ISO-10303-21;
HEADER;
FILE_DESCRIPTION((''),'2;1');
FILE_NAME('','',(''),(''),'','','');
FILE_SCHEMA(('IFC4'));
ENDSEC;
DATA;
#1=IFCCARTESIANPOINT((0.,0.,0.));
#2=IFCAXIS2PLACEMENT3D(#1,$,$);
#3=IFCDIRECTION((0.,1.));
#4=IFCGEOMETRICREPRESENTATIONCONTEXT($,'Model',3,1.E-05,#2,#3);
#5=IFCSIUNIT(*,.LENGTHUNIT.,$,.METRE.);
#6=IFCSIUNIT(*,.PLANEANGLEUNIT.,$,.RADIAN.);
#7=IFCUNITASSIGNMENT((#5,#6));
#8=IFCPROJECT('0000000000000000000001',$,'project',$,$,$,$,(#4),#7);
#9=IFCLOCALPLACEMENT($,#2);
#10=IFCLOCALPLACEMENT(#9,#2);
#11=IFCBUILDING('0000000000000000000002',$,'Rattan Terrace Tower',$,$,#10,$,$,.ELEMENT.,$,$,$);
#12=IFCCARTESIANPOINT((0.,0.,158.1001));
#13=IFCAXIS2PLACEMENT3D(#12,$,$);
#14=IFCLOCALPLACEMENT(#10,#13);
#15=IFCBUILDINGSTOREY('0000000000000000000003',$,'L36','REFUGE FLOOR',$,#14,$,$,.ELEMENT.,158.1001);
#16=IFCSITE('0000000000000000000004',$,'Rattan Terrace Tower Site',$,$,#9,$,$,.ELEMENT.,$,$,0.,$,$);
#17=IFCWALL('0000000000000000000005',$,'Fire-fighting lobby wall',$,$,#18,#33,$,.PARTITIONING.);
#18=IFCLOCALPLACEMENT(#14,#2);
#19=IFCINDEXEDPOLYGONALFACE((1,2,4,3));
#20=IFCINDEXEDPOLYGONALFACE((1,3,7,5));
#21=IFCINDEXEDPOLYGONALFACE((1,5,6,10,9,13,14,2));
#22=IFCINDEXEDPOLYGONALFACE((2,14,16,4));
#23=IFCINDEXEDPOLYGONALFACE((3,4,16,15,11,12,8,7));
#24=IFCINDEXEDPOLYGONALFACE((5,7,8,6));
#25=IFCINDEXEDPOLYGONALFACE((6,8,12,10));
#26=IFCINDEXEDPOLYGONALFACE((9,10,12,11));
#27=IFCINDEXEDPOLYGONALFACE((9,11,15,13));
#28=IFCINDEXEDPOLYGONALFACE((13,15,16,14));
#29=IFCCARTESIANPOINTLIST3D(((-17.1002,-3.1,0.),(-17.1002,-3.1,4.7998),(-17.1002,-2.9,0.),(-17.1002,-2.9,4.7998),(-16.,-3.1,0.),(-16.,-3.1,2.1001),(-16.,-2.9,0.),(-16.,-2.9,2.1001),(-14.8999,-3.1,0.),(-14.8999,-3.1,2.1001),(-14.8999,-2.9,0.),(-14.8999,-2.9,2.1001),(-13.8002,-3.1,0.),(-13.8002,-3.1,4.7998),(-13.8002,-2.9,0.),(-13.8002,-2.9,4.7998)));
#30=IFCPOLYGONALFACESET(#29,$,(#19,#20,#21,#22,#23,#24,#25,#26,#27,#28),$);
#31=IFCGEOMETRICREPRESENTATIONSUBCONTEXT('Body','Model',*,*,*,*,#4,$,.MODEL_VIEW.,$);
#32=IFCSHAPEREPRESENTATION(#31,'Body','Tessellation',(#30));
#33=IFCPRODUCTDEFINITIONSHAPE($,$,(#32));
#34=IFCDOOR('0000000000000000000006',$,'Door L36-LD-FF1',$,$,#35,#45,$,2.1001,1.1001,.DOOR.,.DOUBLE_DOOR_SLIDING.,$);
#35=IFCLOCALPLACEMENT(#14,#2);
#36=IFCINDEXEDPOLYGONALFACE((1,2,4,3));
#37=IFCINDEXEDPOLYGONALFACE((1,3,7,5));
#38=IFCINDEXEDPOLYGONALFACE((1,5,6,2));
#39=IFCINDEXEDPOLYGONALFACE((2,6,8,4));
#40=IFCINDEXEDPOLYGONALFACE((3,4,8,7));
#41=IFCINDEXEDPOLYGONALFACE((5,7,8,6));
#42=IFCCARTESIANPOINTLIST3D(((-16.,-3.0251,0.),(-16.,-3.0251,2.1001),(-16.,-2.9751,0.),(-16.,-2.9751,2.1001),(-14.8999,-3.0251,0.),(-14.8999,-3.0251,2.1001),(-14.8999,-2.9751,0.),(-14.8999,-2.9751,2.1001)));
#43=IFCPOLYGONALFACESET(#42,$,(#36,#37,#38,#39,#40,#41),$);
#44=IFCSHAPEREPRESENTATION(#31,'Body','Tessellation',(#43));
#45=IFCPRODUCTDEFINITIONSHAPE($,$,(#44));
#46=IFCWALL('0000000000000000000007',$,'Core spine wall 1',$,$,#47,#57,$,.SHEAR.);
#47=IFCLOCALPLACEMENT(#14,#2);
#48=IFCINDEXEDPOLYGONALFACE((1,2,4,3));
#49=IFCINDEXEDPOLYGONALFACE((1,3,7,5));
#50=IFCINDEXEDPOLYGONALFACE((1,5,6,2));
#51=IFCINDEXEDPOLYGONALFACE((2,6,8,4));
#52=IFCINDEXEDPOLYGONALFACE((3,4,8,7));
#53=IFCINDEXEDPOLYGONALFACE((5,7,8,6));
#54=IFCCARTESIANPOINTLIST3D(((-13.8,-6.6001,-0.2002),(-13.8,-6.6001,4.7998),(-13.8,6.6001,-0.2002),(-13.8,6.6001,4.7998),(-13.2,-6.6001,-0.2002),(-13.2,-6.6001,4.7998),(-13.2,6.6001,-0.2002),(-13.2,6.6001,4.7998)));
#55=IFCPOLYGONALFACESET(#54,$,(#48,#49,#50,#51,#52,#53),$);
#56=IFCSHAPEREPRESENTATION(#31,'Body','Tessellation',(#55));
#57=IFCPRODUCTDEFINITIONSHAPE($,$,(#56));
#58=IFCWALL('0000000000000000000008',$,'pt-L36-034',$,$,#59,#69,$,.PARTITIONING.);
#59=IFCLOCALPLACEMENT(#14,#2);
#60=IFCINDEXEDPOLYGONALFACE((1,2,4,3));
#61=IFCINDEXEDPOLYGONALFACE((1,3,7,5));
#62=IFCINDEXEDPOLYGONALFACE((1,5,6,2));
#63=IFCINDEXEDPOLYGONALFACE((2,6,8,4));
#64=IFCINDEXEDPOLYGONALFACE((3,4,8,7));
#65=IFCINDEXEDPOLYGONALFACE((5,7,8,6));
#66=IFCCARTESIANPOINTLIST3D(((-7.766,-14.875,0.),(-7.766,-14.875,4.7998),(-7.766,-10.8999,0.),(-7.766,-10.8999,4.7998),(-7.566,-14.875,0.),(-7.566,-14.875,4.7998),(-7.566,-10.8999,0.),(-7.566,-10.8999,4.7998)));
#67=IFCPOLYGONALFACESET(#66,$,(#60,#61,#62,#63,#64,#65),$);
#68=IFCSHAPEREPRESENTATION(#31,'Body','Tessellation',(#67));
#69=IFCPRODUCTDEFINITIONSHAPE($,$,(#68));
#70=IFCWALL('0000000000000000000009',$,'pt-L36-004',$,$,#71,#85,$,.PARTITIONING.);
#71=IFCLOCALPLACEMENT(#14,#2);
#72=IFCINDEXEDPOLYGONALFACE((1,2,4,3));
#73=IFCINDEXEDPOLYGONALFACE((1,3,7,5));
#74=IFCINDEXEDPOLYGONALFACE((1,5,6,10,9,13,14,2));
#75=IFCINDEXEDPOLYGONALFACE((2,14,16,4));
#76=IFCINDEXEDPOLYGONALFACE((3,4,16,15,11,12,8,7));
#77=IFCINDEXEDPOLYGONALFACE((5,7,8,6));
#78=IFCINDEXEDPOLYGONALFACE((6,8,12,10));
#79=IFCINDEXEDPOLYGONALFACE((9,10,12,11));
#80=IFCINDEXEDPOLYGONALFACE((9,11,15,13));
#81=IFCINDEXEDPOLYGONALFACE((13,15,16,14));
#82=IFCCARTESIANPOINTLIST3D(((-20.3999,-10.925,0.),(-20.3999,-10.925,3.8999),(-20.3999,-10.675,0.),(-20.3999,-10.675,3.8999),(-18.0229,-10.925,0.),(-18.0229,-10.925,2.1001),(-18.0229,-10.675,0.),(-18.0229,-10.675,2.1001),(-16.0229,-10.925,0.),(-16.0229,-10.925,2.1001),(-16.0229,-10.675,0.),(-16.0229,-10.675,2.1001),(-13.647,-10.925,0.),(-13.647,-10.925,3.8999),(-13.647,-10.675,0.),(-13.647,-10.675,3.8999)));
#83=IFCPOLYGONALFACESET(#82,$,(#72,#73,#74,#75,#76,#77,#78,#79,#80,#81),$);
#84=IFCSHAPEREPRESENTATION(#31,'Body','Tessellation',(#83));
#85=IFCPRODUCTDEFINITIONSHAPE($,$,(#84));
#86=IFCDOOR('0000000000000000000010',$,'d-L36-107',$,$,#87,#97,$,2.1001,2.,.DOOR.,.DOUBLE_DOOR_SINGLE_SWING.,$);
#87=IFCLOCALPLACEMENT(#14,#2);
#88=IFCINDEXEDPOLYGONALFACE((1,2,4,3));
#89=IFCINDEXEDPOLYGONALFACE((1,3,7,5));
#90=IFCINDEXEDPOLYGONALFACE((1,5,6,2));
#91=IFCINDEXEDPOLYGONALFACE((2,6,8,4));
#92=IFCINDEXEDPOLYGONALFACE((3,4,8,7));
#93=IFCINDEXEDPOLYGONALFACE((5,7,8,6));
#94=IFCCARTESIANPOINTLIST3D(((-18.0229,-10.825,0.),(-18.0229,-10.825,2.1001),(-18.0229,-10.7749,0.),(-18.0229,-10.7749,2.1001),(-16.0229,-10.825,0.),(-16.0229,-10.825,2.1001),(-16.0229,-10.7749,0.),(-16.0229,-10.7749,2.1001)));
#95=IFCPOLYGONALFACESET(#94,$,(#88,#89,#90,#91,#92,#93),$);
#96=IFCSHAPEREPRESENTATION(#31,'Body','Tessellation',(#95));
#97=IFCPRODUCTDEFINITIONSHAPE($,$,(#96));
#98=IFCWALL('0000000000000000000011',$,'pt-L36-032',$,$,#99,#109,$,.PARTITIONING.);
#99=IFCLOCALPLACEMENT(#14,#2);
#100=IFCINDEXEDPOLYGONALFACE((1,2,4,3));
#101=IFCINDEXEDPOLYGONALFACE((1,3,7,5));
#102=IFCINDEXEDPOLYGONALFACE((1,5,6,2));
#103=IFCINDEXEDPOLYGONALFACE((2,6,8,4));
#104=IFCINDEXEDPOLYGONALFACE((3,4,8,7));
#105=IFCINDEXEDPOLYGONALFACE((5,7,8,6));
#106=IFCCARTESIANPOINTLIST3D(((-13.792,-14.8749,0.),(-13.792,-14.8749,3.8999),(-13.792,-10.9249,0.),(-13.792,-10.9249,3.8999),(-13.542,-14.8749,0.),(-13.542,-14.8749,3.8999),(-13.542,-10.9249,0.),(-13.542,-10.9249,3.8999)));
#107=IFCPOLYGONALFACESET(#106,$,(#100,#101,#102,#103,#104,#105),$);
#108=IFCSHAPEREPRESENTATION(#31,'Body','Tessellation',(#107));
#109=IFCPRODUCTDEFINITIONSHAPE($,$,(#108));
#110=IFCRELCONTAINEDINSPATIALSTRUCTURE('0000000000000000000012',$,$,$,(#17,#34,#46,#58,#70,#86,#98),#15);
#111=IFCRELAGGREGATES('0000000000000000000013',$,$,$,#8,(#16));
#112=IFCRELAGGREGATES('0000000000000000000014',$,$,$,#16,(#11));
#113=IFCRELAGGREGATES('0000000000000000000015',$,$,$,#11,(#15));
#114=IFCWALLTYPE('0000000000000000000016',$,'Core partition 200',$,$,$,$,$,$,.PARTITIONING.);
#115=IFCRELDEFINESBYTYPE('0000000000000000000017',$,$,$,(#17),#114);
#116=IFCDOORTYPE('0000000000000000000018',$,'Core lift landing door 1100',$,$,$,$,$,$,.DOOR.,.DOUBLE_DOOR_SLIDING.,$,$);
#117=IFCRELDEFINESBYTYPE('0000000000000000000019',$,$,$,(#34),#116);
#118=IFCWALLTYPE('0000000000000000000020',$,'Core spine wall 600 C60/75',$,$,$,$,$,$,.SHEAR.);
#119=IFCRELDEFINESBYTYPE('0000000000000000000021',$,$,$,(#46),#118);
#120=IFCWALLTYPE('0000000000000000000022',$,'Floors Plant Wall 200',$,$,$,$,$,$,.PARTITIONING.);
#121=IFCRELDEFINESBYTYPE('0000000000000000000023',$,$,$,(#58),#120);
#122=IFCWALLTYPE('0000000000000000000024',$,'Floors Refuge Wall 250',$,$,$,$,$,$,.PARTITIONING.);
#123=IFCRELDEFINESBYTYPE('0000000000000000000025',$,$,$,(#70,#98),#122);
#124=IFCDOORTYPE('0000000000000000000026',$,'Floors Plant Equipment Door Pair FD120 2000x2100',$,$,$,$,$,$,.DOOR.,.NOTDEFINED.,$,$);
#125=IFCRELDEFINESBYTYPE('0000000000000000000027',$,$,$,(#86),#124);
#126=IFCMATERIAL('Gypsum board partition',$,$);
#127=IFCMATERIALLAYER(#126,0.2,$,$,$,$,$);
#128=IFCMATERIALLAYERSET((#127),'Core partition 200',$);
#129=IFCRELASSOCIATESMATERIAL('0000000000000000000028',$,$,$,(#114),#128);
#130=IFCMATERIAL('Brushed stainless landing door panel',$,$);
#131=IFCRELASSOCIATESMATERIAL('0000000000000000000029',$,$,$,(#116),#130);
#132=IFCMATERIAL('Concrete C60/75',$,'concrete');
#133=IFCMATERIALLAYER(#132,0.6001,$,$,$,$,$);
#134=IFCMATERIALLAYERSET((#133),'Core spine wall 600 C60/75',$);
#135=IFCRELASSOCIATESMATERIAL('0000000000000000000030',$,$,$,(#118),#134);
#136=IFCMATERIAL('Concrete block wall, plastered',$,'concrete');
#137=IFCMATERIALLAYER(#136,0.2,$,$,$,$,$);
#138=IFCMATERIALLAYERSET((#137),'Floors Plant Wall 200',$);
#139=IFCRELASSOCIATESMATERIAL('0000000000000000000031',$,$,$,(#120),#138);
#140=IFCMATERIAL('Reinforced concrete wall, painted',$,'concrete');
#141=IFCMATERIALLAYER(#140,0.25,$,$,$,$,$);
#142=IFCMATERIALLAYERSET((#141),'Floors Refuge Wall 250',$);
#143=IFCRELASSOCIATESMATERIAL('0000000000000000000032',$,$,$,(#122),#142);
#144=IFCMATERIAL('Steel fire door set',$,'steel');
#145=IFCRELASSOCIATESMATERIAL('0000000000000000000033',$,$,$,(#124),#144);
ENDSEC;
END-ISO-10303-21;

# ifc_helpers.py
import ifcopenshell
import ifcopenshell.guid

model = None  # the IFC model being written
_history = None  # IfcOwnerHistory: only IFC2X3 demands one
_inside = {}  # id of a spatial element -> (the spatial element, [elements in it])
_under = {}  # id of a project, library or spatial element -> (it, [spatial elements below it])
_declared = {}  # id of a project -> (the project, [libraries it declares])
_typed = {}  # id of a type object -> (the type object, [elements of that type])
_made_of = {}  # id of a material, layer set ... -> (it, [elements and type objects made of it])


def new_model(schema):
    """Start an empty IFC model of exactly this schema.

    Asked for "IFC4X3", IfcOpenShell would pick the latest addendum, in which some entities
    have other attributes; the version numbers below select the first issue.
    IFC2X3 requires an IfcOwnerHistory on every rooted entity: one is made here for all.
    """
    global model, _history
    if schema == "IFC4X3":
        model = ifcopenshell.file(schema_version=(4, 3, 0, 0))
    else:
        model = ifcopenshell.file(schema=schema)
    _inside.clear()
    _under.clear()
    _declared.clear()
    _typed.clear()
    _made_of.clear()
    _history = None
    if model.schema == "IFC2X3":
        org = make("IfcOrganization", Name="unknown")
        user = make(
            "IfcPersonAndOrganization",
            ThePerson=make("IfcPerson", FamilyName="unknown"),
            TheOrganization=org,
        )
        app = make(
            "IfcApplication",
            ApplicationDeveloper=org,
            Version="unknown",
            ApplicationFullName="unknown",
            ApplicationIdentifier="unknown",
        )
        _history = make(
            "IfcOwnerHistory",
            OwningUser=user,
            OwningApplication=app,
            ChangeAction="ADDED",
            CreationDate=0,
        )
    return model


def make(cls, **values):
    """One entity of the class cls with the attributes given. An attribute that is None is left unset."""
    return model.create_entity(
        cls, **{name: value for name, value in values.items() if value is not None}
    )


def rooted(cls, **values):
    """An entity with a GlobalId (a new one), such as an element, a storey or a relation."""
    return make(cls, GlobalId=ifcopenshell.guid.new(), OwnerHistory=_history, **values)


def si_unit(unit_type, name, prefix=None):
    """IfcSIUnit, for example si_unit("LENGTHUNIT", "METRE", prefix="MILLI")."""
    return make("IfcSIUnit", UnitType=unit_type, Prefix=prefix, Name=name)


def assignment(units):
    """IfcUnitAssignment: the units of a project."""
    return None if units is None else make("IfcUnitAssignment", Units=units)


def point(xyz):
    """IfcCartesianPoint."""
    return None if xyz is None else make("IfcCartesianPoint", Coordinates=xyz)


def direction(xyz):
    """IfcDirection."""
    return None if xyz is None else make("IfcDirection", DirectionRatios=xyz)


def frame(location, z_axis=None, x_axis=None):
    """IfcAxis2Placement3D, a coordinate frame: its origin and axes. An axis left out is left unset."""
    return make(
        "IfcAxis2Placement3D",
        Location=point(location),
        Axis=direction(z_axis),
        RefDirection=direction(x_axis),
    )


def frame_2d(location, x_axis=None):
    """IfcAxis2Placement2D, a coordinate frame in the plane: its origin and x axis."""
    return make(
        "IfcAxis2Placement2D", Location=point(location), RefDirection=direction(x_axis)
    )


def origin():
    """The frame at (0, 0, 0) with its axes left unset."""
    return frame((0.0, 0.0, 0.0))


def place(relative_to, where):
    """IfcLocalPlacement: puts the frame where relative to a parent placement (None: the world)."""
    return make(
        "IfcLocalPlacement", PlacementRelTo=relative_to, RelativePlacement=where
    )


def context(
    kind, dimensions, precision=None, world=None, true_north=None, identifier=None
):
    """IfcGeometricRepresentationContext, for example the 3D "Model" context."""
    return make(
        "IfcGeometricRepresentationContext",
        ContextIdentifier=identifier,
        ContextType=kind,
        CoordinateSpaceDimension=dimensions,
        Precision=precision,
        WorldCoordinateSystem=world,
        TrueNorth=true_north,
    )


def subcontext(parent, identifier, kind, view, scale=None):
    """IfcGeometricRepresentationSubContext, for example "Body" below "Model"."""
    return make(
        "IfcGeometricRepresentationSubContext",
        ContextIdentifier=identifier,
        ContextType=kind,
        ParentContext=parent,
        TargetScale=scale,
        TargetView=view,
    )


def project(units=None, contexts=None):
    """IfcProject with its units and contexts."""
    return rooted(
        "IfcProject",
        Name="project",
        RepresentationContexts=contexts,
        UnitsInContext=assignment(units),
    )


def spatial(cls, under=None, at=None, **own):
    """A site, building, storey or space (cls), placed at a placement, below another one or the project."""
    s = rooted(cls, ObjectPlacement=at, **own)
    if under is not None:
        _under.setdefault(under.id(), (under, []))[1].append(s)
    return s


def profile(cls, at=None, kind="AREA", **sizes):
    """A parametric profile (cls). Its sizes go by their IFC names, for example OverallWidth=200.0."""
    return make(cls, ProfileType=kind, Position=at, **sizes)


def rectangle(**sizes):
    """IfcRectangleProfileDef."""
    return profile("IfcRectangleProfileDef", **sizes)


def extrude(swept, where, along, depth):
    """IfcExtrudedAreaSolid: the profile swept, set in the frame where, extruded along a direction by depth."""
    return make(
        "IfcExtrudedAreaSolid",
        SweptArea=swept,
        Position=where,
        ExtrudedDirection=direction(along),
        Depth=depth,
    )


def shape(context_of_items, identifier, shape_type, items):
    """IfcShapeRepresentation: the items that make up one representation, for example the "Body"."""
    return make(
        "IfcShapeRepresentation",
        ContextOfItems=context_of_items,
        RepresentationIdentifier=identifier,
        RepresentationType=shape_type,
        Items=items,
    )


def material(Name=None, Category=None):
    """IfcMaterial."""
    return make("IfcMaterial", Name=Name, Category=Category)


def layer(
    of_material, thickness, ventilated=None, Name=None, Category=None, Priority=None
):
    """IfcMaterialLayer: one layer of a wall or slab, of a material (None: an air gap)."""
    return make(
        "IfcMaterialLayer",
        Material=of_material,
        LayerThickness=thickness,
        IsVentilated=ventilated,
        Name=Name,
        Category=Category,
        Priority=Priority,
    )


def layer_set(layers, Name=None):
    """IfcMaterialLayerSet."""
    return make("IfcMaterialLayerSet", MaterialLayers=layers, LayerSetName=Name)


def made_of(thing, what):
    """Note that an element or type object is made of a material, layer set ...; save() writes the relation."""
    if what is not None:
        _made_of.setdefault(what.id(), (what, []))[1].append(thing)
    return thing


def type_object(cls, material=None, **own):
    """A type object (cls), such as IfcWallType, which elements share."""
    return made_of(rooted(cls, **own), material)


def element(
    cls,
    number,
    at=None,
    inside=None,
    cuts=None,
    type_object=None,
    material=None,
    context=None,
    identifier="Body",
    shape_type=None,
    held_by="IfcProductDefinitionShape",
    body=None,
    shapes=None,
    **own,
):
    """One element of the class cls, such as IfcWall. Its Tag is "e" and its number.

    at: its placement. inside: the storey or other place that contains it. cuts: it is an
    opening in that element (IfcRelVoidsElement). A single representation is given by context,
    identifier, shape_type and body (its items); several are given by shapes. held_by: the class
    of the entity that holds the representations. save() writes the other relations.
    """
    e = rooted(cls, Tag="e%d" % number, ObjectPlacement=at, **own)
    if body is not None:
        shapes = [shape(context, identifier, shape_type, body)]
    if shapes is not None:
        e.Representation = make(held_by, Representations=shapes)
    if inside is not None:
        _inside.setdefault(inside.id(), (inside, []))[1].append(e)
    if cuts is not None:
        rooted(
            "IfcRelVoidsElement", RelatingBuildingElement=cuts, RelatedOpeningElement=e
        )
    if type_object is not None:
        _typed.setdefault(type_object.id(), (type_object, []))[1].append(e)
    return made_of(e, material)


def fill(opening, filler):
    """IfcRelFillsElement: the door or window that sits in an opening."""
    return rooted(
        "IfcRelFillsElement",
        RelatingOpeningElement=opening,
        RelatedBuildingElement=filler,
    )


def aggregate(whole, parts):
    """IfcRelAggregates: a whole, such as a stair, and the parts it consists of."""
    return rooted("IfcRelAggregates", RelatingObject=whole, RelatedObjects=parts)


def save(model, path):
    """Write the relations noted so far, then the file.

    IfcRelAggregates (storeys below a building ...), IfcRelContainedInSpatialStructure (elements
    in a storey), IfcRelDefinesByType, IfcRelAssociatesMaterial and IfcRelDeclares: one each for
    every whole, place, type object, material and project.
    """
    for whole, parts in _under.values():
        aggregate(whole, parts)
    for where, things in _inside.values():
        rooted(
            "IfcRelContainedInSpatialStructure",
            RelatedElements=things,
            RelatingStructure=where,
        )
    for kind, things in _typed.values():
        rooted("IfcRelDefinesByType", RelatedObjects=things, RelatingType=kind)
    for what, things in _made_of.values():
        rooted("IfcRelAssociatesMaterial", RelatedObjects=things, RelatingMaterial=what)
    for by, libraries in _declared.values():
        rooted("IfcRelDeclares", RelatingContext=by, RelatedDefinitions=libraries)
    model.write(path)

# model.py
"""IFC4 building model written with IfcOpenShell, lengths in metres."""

from ifc_helpers import new_model, si_unit, direction, frame, frame_2d, origin, place, context, subcontext, project, spatial, rectangle, extrude, material, layer, layer_set, type_object, element, fill, save


model = new_model("IFC4")

# Units and contexts
model_context = context("Model", 3, precision=1e-05, world=origin(), true_north=direction((0.0, 1.0)))
body_context = subcontext(model_context, "Body", "Model", "MODEL_VIEW")
ifc_project = project(units=[si_unit("LENGTHUNIT", "METRE"), si_unit("PLANEANGLEUNIT", "RADIAN")], contexts=[model_context])

# Site, building, storey
site_placement = place(None, origin())
site = spatial("IfcSite", under=ifc_project, at=site_placement, Name="Rattan Terrace Tower Site", CompositionType="ELEMENT", RefElevation=0.0)
building_placement = place(site_placement, origin())
building = spatial("IfcBuilding", under=site, at=building_placement, Name="Rattan Terrace Tower", CompositionType="ELEMENT")
storey_placement = place(building_placement, frame((0.0, 0.0, 158.1001)))
storey = spatial("IfcBuildingStorey", under=building, at=storey_placement, Name="L36", Description="REFUGE FLOOR", CompositionType="ELEMENT", Elevation=158.1001)

# Wall, opening, door
ifc_material_1 = material(Name="Gypsum board partition")
ifc_layer_1 = layer(ifc_material_1, 0.2)
ifc_layer_set_1 = layer_set([ifc_layer_1], Name="Core partition 200")
wall_type_1 = type_object("IfcWallType", Name="Core partition 200", PredefinedType="PARTITIONING", material=ifc_layer_set_1)
wall_1_placement = place(storey_placement, frame((-17.1001, -3.0, 0.0), z_axis=(0.0, 0.0, 1.0), x_axis=(1.0, 0.0, 0.0)))
wall_1 = element("IfcWall", 1, at=wall_1_placement, inside=storey, type_object=wall_type_1, Name="Fire-fighting lobby wall", PredefinedType="PARTITIONING", context=body_context, shape_type="SweptSolid", body=[
    extrude(rectangle(XDim=3.3, YDim=0.2, at=frame_2d((1.6499, 0.0))), origin(), (0.0, 0.0, 1.0), 4.7998),
])
opening_1_placement = place(wall_1_placement, frame((1.1001, 0.0, 0.0)))
opening_1 = element("IfcOpeningElement", 2, at=opening_1_placement, cuts=wall_1, PredefinedType="OPENING", context=body_context, shape_type="SweptSolid", body=[
    extrude(rectangle(XDim=1.1001, YDim=2.1001, at=frame_2d((0.55, 1.05))), frame((0.0, 0.1106, 0.0), z_axis=(0.0, -1.0, 0.0), x_axis=(1.0, 0.0, 0.0)), (0.0, 0.0, 1.0), 0.2209),
])
ifc_material_2 = material(Name="Brushed stainless landing door panel")
door_type_1 = type_object("IfcDoorType", Name="Core lift landing door 1100", OperationType="DOUBLE_DOOR_SLIDING", PredefinedType="DOOR", material=ifc_material_2)
door_1_placement = place(opening_1_placement, origin())
door_1 = element("IfcDoor", 3, at=door_1_placement, inside=storey, type_object=door_type_1, Name="Door L36-LD-FF1", OperationType="DOUBLE_DOOR_SLIDING", OverallHeight=2.1001, OverallWidth=1.1001, PredefinedType="DOOR", context=body_context, shape_type="SweptSolid", body=[
    extrude(rectangle(XDim=1.1001, YDim=2.1001, at=frame_2d((0.55, 1.05))), frame((0.0, 0.0249, 0.0), z_axis=(0.0, -1.0, 0.0), x_axis=(1.0, 0.0, 0.0)), (0.0, 0.0, 1.0), 0.05),
])
fill(opening_1, door_1)

# Walls
ifc_material_3 = material(Name="Concrete C60/75", Category="concrete")
ifc_layer_2 = layer(ifc_material_3, 0.6001)
ifc_layer_set_2 = layer_set([ifc_layer_2], Name="Core spine wall 600 C60/75")
wall_type_2 = type_object("IfcWallType", Name="Core spine wall 600 C60/75", PredefinedType="SHEAR", material=ifc_layer_set_2)
wall_2_placement = place(storey_placement, frame((-13.5, -6.6001, -0.2002), z_axis=(0.0, 0.0, 1.0), x_axis=(0.0, 1.0, 0.0)))
element("IfcWall", 4, at=wall_2_placement, inside=storey, type_object=wall_type_2, Name="Core spine wall 1", PredefinedType="SHEAR", context=body_context, shape_type="SweptSolid", body=[
    extrude(rectangle(XDim=13.2002, YDim=0.6001, at=frame_2d((6.6001, 0.0))), origin(), (0.0, 0.0, 1.0), 5.0),
])
ifc_material_4 = material(Name="Concrete block wall, plastered", Category="concrete")
ifc_layer_3 = layer(ifc_material_4, 0.2)
ifc_layer_set_3 = layer_set([ifc_layer_3], Name="Floors Plant Wall 200")
wall_type_3 = type_object("IfcWallType", Name="Floors Plant Wall 200", PredefinedType="PARTITIONING", material=ifc_layer_set_3)
wall_3_placement = place(storey_placement, frame((-7.666, -10.8999, 0.0), z_axis=(0.0, 0.0, 1.0), x_axis=(0.0, -1.0, 0.0)))
element("IfcWall", 5, at=wall_3_placement, inside=storey, type_object=wall_type_3, Name="pt-L36-034", PredefinedType="PARTITIONING", context=body_context, shape_type="SweptSolid", body=[
    extrude(rectangle(XDim=3.9751, YDim=0.2, at=frame_2d((1.9875, 0.0))), origin(), (0.0, 0.0, 1.0), 4.7998),
])

# Wall, opening, door
ifc_material_5 = material(Name="Reinforced concrete wall, painted", Category="concrete")
ifc_layer_4 = layer(ifc_material_5, 0.25)
ifc_layer_set_4 = layer_set([ifc_layer_4], Name="Floors Refuge Wall 250")
wall_type_4 = type_object("IfcWallType", Name="Floors Refuge Wall 250", PredefinedType="PARTITIONING", material=ifc_layer_set_4)
wall_4_placement = place(storey_placement, frame((-13.647, -10.8, 0.0), z_axis=(0.0, 0.0, 1.0), x_axis=(-1.0, 0.0, 0.0)))
wall_4 = element("IfcWall", 6, at=wall_4_placement, inside=storey, type_object=wall_type_4, Name="pt-L36-004", PredefinedType="PARTITIONING", context=body_context, shape_type="SweptSolid", body=[
    extrude(rectangle(XDim=6.7529, YDim=0.25, at=frame_2d((3.3765, 0.0))), origin(), (0.0, 0.0, 1.0), 3.8999),
])
opening_2_placement = place(wall_4_placement, frame((2.376, 0.0, 0.0)))
opening_2 = element("IfcOpeningElement", 7, at=opening_2_placement, cuts=wall_4, PredefinedType="OPENING", context=body_context, shape_type="SweptSolid", body=[
    extrude(rectangle(XDim=2.0, YDim=2.1001, at=frame_2d((1.0, 1.05))), frame((0.0, 0.1355, 0.0), z_axis=(0.0, -1.0, 0.0), x_axis=(1.0, 0.0, 0.0)), (0.0, 0.0, 1.0), 0.271),
])
ifc_material_6 = material(Name="Steel fire door set", Category="steel")
door_type_2 = type_object("IfcDoorType", Name="Floors Plant Equipment Door Pair FD120 2000x2100", OperationType="NOTDEFINED", PredefinedType="DOOR", material=ifc_material_6)
door_2_placement = place(opening_2_placement, origin())
door_2 = element("IfcDoor", 8, at=door_2_placement, inside=storey, type_object=door_type_2, Name="d-L36-107", OperationType="DOUBLE_DOOR_SINGLE_SWING", OverallHeight=2.1001, OverallWidth=2.0, PredefinedType="DOOR", context=body_context, shape_type="SweptSolid", body=[
    extrude(rectangle(XDim=2.0, YDim=2.1001, at=frame_2d((1.0, 1.05))), frame((0.0, 0.0249, 0.0), z_axis=(0.0, -1.0, 0.0), x_axis=(1.0, 0.0, 0.0)), (0.0, 0.0, 1.0), 0.05),
])
fill(opening_2, door_2)

# Wall
wall_5_placement = place(storey_placement, frame((-13.667, -14.875, 0.0), z_axis=(0.0, 0.0, 1.0), x_axis=(0.0, 1.0, 0.0)))
element("IfcWall", 9, at=wall_5_placement, inside=storey, type_object=wall_type_4, Name="pt-L36-032", PredefinedType="PARTITIONING", context=body_context, shape_type="SweptSolid", body=[
    extrude(rectangle(XDim=3.95, YDim=0.25, at=frame_2d((1.9751, 0.0))), origin(), (0.0, 0.0, 1.0), 3.8999),
])

save(model, "model.ifc")
